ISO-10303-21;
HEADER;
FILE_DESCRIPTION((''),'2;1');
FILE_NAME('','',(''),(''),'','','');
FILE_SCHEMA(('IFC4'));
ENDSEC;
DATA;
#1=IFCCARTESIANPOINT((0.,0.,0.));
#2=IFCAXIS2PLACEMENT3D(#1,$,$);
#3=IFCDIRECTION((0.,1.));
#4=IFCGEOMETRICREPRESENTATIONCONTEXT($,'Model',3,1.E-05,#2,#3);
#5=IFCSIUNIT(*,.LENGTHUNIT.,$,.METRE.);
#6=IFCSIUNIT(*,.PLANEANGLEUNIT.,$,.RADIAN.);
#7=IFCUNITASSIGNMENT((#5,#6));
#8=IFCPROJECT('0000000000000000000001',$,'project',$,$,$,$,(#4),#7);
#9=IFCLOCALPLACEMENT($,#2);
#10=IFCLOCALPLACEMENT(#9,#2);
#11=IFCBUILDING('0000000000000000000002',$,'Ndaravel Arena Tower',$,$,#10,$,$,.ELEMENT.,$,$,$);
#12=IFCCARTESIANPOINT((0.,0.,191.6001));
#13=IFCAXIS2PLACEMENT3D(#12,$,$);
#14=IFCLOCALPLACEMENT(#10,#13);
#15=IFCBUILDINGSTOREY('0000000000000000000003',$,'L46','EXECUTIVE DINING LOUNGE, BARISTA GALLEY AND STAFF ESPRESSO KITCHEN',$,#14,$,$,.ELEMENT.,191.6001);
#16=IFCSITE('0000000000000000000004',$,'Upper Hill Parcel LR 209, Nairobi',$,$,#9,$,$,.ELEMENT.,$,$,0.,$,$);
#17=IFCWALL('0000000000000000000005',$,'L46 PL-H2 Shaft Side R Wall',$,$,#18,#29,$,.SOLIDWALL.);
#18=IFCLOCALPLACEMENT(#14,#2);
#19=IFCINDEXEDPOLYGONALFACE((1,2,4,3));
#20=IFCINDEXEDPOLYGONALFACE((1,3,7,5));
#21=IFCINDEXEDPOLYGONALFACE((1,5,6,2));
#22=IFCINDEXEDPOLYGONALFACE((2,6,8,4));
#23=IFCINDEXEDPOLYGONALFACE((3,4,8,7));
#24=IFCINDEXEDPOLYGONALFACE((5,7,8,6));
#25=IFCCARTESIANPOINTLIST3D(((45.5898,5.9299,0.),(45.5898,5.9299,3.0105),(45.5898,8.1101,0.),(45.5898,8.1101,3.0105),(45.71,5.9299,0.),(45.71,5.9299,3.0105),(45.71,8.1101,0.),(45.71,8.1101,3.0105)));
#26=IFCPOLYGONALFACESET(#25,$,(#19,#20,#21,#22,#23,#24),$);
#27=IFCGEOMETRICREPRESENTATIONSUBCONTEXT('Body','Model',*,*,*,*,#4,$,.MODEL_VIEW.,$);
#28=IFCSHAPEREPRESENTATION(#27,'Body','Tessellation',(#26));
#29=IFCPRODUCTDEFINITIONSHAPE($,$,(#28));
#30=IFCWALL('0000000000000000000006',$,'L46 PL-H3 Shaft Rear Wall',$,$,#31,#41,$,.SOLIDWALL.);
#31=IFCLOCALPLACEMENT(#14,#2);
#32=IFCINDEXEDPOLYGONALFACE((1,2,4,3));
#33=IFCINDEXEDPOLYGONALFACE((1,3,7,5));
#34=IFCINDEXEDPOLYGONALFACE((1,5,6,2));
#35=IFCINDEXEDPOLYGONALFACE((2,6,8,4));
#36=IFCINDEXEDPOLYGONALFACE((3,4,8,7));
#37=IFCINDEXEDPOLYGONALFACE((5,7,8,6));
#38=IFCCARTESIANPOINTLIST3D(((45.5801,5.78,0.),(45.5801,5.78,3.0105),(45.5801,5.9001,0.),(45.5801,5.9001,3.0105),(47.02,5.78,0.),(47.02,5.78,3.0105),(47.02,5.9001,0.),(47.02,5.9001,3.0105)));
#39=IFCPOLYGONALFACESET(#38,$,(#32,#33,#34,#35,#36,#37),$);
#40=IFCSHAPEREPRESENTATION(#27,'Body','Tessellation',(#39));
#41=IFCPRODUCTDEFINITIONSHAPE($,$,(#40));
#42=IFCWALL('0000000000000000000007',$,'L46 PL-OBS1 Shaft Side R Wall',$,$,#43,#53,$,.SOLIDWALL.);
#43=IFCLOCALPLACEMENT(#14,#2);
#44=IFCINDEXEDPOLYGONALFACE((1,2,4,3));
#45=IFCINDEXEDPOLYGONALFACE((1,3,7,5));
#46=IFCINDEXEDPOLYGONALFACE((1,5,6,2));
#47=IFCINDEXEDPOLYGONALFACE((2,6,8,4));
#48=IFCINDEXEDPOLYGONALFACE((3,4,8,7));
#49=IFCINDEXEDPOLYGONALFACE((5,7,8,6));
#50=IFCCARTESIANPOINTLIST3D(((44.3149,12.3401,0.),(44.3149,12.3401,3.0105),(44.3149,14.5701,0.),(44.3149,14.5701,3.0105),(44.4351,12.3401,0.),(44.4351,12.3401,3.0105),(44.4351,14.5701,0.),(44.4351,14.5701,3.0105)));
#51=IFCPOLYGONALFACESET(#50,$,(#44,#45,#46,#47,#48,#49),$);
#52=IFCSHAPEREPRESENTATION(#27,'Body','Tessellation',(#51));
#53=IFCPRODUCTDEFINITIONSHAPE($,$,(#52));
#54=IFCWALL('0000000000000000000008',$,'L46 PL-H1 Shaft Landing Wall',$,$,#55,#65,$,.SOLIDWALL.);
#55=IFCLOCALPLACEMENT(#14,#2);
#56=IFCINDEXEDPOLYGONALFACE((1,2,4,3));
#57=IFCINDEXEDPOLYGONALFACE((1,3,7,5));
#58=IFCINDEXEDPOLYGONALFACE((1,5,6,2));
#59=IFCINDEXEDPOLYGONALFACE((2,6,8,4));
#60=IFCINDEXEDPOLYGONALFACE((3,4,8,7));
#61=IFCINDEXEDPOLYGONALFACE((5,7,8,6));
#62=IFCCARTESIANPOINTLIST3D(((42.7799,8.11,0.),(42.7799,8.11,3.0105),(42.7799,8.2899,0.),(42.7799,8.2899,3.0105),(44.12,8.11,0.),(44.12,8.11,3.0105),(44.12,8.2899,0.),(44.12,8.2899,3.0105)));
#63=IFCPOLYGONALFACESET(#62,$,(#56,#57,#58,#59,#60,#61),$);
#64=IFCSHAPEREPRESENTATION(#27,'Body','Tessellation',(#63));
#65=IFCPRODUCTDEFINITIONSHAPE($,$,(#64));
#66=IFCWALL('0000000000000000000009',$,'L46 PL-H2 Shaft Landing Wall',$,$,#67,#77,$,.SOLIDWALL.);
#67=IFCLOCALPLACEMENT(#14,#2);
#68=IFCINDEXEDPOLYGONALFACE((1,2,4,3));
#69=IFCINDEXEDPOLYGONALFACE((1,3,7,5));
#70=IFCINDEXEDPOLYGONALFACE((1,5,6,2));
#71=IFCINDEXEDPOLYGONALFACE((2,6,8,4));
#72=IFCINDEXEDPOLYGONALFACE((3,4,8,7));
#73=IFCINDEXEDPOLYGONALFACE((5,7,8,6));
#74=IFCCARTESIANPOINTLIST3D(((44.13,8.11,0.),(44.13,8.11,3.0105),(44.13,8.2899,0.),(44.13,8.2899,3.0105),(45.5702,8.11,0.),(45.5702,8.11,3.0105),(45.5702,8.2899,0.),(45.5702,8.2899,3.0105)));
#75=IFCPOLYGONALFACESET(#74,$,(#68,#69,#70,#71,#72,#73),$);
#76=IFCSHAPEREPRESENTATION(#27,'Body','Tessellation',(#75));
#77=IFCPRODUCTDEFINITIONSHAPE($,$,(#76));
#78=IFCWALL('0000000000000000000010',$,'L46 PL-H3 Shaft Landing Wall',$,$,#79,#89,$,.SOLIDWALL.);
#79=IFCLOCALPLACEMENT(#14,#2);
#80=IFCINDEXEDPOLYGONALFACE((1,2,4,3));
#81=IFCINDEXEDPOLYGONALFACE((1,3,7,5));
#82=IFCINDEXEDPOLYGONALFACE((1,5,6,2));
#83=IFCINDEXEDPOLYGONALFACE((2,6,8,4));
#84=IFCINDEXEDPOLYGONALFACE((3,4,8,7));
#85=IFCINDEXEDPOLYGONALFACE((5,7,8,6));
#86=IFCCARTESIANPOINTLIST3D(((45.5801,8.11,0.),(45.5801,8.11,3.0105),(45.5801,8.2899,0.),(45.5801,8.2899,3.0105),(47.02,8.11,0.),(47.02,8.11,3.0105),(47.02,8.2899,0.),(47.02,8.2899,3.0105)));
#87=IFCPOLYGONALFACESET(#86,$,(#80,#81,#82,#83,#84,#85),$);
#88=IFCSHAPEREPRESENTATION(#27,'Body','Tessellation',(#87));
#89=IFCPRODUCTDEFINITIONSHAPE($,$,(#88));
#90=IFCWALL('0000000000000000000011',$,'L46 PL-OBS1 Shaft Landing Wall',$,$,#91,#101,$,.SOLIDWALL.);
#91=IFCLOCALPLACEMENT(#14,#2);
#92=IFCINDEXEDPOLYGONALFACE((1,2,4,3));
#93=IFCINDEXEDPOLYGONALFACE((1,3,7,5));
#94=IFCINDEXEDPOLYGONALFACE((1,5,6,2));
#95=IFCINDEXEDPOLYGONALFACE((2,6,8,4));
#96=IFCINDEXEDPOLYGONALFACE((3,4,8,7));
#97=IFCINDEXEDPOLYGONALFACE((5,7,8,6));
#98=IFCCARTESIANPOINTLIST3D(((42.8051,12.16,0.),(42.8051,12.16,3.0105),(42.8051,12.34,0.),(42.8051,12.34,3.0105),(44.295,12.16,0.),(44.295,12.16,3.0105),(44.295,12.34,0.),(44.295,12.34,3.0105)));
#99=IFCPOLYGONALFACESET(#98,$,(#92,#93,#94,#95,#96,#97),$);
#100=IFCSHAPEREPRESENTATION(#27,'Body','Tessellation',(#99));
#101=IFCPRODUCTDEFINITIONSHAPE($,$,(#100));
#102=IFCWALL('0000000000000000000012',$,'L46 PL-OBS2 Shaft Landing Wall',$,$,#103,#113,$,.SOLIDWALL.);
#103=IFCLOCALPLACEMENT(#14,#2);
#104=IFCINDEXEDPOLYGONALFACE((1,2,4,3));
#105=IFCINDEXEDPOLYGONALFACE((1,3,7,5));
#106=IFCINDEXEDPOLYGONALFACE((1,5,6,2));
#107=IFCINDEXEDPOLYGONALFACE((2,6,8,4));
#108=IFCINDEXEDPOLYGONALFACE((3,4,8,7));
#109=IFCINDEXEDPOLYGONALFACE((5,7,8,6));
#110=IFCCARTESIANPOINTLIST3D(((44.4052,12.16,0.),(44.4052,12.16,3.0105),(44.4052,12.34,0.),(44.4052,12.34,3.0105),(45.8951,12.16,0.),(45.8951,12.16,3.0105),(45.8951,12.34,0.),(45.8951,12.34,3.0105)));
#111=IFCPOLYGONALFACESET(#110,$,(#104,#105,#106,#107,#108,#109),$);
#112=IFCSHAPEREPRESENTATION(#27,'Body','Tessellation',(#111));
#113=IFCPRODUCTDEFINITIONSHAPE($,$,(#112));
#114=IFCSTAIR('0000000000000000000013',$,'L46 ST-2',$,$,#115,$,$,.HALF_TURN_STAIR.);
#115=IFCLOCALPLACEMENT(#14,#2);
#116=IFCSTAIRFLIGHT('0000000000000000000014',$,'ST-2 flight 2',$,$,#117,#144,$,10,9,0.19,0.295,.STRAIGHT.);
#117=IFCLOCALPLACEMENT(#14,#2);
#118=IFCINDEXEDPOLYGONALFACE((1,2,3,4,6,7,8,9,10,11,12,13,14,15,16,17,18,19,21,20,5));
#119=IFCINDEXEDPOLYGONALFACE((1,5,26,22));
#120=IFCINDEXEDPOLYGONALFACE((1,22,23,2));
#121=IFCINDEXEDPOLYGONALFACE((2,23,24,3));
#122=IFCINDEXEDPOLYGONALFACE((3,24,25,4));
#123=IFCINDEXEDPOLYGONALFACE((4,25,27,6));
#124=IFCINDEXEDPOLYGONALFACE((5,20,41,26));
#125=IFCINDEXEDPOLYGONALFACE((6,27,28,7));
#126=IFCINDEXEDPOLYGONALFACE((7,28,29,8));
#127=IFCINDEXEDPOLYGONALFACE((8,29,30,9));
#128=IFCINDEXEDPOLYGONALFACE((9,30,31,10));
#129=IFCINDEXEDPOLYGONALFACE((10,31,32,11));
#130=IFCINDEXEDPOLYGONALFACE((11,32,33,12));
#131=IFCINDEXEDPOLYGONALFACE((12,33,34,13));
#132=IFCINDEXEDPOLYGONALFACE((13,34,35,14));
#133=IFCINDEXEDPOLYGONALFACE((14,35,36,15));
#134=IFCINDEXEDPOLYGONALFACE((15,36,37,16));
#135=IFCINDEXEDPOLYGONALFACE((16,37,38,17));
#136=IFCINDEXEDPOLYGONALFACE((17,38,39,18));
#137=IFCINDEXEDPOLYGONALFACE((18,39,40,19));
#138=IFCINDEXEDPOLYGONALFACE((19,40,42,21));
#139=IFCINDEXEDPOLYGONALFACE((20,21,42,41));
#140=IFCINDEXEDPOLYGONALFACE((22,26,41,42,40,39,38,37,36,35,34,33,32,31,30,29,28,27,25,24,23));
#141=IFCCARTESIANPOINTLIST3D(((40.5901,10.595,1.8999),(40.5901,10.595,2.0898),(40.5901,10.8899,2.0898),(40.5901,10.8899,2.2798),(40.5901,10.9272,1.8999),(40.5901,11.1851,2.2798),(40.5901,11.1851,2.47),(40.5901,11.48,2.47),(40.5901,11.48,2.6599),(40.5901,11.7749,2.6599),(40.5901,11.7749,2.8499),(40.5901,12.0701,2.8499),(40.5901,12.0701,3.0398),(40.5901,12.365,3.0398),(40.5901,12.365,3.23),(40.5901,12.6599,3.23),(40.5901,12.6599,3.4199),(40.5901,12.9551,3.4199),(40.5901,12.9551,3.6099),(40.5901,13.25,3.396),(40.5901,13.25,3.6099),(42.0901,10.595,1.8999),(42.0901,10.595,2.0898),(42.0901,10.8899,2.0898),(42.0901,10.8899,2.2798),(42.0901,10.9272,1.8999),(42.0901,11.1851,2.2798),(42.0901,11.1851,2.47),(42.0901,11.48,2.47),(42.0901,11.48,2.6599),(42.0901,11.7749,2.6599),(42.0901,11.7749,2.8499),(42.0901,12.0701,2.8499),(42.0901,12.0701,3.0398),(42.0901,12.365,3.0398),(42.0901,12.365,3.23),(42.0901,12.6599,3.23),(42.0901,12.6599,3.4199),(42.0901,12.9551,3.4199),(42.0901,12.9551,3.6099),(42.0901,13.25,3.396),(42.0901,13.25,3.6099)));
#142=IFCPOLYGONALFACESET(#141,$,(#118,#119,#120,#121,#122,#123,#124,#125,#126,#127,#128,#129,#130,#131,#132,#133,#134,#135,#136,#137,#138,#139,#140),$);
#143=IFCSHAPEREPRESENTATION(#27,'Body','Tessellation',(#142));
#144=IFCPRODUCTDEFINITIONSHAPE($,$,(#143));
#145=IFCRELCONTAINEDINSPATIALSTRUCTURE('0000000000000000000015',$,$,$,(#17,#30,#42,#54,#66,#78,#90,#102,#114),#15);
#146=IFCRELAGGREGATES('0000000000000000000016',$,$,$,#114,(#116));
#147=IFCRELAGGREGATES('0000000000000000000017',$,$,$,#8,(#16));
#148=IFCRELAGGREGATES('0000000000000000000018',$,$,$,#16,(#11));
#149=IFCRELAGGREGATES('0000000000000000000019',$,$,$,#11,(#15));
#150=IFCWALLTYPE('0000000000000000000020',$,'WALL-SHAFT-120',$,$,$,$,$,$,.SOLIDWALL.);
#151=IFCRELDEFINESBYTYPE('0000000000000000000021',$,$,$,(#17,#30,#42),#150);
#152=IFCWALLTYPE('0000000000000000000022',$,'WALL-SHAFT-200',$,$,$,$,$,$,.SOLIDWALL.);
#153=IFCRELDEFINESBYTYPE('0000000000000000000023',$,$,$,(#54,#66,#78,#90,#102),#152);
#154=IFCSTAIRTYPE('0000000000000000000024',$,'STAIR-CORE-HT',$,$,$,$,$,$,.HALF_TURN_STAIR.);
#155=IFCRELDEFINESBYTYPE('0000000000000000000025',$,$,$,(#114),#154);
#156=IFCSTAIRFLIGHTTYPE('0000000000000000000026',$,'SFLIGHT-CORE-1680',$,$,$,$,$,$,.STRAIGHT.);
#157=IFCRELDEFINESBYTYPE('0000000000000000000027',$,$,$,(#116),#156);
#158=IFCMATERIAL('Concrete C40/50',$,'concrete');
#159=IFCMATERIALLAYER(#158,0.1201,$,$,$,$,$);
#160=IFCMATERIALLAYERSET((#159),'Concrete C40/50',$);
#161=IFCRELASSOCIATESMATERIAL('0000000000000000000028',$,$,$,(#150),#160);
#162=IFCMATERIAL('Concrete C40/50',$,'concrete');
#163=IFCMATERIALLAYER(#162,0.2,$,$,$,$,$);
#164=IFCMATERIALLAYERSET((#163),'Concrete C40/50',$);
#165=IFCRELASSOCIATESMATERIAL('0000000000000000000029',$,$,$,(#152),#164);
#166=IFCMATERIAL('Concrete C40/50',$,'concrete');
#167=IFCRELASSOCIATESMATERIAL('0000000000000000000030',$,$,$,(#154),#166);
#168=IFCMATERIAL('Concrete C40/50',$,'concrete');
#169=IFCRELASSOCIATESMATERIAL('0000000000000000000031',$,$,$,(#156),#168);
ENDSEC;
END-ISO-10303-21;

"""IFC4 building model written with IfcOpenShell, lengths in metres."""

from ifc_helpers import new_model, si_unit, direction, frame, frame_2d, origin, place, context, subcontext, project, spatial, polyline, rectangle, outline, extrude, material, layer, layer_set, type_object, element, aggregate, save


model = new_model("IFC4")

# Units and contexts
model_context = context("Model", 3, precision=1e-05, world=origin(), true_north=direction((0.0, 1.0)))
body_context = subcontext(model_context, "Body", "Model", "MODEL_VIEW")
ifc_project = project(units=[si_unit("LENGTHUNIT", "METRE"), si_unit("PLANEANGLEUNIT", "RADIAN")], contexts=[model_context])

# Site, building, storey
site_placement = place(None, origin())
site = spatial("IfcSite", under=ifc_project, at=site_placement, Name="Upper Hill Parcel LR 209, Nairobi", CompositionType="ELEMENT", RefElevation=0.0)
building_placement = place(site_placement, origin())
building = spatial("IfcBuilding", under=site, at=building_placement, Name="Ndaravel Arena Tower", CompositionType="ELEMENT")
storey_placement = place(building_placement, frame((0.0, 0.0, 191.6001)))
storey = spatial("IfcBuildingStorey", under=building, at=storey_placement, Name="L46", Description="EXECUTIVE DINING LOUNGE, BARISTA GALLEY AND STAFF ESPRESSO KITCHEN", CompositionType="ELEMENT", Elevation=191.6001)

# Walls
ifc_material_1 = material(Name="Concrete C40/50", Category="concrete")
ifc_layer_1 = layer(ifc_material_1, 0.1201)
ifc_layer_set_1 = layer_set([ifc_layer_1], Name="Concrete C40/50")
wall_type_1 = type_object("IfcWallType", Name="WALL-SHAFT-120", PredefinedType="SOLIDWALL", material=ifc_layer_set_1)
wall_1_placement = place(storey_placement, frame((45.6499, 5.9299, 0.0), z_axis=(0.0, 0.0, 1.0), x_axis=(0.0, 1.0, 0.0)))
element("IfcWall", 1, at=wall_1_placement, inside=storey, type_object=wall_type_1, Name="L46 PL-H2 Shaft Side R Wall", PredefinedType="SOLIDWALL", context=body_context, shape_type="SweptSolid", body=[
    extrude(rectangle(XDim=2.1802, YDim=0.1201, at=frame_2d((1.0901, 0.0))), origin(), (0.0, 0.0, 1.0), 3.0105),
])
wall_2_placement = place(storey_placement, frame((45.5801, 5.8401, 0.0), z_axis=(0.0, 0.0, 1.0), x_axis=(1.0, 0.0, 0.0)))
element("IfcWall", 2, at=wall_2_placement, inside=storey, type_object=wall_type_1, Name="L46 PL-H3 Shaft Rear Wall", PredefinedType="SOLIDWALL", context=body_context, shape_type="SweptSolid", body=[
    extrude(rectangle(XDim=1.4399, YDim=0.1201, at=frame_2d((0.72, 0.0))), origin(), (0.0, 0.0, 1.0), 3.0105),
])
wall_3_placement = place(storey_placement, frame((44.375, 12.3401, 0.0), z_axis=(0.0, 0.0, 1.0), x_axis=(0.0, 1.0, 0.0)))
element("IfcWall", 3, at=wall_3_placement, inside=storey, type_object=wall_type_1, Name="L46 PL-OBS1 Shaft Side R Wall", PredefinedType="SOLIDWALL", context=body_context, shape_type="SweptSolid", body=[
    extrude(rectangle(XDim=2.23, YDim=0.1201, at=frame_2d((1.115, 0.0))), origin(), (0.0, 0.0, 1.0), 3.0105),
])
ifc_material_2 = material(Name="Concrete C40/50", Category="concrete")
ifc_layer_2 = layer(ifc_material_2, 0.2)
ifc_layer_set_2 = layer_set([ifc_layer_2], Name="Concrete C40/50")
wall_type_2 = type_object("IfcWallType", Name="WALL-SHAFT-200", PredefinedType="SOLIDWALL", material=ifc_layer_set_2)
wall_4_placement = place(storey_placement, frame((42.78, 8.2, 0.0), z_axis=(0.0, 0.0, 1.0), x_axis=(1.0, 0.0, 0.0)))
element("IfcWall", 4, at=wall_4_placement, inside=storey, type_object=wall_type_2, Name="L46 PL-H1 Shaft Landing Wall", PredefinedType="SOLIDWALL", context=body_context, shape_type="SweptSolid", body=[
    extrude(rectangle(XDim=1.3401, YDim=0.1799, at=frame_2d((0.6699, 0.0))), origin(), (0.0, 0.0, 1.0), 3.0105),
])
wall_5_placement = place(storey_placement, frame((44.1299, 8.2, 0.0), z_axis=(0.0, 0.0, 1.0), x_axis=(1.0, 0.0, 0.0)))
element("IfcWall", 5, at=wall_5_placement, inside=storey, type_object=wall_type_2, Name="L46 PL-H2 Shaft Landing Wall", PredefinedType="SOLIDWALL", context=body_context, shape_type="SweptSolid", body=[
    extrude(rectangle(XDim=1.4402, YDim=0.1799, at=frame_2d((0.7202, 0.0))), origin(), (0.0, 0.0, 1.0), 3.0105),
])
wall_6_placement = place(storey_placement, frame((45.5801, 8.2, 0.0), z_axis=(0.0, 0.0, 1.0), x_axis=(1.0, 0.0, 0.0)))
element("IfcWall", 6, at=wall_6_placement, inside=storey, type_object=wall_type_2, Name="L46 PL-H3 Shaft Landing Wall", PredefinedType="SOLIDWALL", context=body_context, shape_type="SweptSolid", body=[
    extrude(rectangle(XDim=1.4399, YDim=0.1799, at=frame_2d((0.72, 0.0))), origin(), (0.0, 0.0, 1.0), 3.0105),
])
for number, where, z_axis, x_axis, name in (
    (7, (42.8049, 12.25, 0.0), (0.0, 0.0, 1.0), (1.0, 0.0, 0.0), "L46 PL-OBS1 Shaft Landing Wall"),
    (8, (44.405, 12.25, 0.0), (0.0, 0.0, 1.0), (1.0, 0.0, 0.0), "L46 PL-OBS2 Shaft Landing Wall"),
):
    element("IfcWall", number, at=place(storey_placement, frame(where, z_axis=z_axis, x_axis=x_axis)), inside=storey, type_object=wall_type_2, Name=name, PredefinedType="SOLIDWALL", context=body_context, shape_type="SweptSolid", body=[
        extrude(rectangle(XDim=1.49, YDim=0.1799, at=frame_2d((0.7451, 0.0))), origin(), (0.0, 0.0, 1.0), 3.0105),
    ])

# Stair, stair flight
ifc_material_3 = material(Name="Concrete C40/50", Category="concrete")
stair_type = type_object("IfcStairType", Name="STAIR-CORE-HT", PredefinedType="HALF_TURN_STAIR", material=ifc_material_3)
stair_placement = place(storey_placement, origin())
stair = element("IfcStair", 9, at=stair_placement, inside=storey, type_object=stair_type, Name="L46 ST-2", PredefinedType="HALF_TURN_STAIR")
ifc_material_4 = material(Name="Concrete C40/50", Category="concrete")
stair_flight_type = type_object("IfcStairFlightType", Name="SFLIGHT-CORE-1680", PredefinedType="STRAIGHT", material=ifc_material_4)
stair_flight_placement = place(storey_placement, frame((41.3401, 10.595, 1.8999), z_axis=(0.0, 0.0, 1.0), x_axis=(0.0, 1.0, 0.0)))
stair_flight = element("IfcStairFlight", 10, at=stair_flight_placement, type_object=stair_flight_type, Name="ST-2 flight 2", NumberOfRisers=10, NumberOfTreads=9, PredefinedType="STRAIGHT", RiserHeight=0.19, TreadLength=0.295, context=body_context, shape_type="SweptSolid", body=[
    extrude(outline(polyline([(0.0, 0.0), (0.0, 0.1899), (0.2949, 0.1899), (0.2949, 0.3799), (0.5901, 0.3799), (0.5901, 0.5701), (0.885, 0.5701), (0.885, 0.76), (1.1799, 0.76), (1.1799, 0.95), (1.4751, 0.95), (1.4751, 1.1399), (1.77, 1.1399), (1.77, 1.3301), (2.0649, 1.3301), (2.0649, 1.52), (2.3601, 1.52), (2.3601, 1.71), (2.655, 1.71), (2.655, 1.8999), (2.655, 1.4961), (0.3323, 0.0), (0.0, 0.0)])), frame((0.0, 0.75, 0.0), z_axis=(0.0, -1.0, 0.0), x_axis=(1.0, 0.0, 0.0)), (0.0, 0.0, 1.0), 1.5),
])
aggregate(stair, [stair_flight])

save(model, "model.ifc")
